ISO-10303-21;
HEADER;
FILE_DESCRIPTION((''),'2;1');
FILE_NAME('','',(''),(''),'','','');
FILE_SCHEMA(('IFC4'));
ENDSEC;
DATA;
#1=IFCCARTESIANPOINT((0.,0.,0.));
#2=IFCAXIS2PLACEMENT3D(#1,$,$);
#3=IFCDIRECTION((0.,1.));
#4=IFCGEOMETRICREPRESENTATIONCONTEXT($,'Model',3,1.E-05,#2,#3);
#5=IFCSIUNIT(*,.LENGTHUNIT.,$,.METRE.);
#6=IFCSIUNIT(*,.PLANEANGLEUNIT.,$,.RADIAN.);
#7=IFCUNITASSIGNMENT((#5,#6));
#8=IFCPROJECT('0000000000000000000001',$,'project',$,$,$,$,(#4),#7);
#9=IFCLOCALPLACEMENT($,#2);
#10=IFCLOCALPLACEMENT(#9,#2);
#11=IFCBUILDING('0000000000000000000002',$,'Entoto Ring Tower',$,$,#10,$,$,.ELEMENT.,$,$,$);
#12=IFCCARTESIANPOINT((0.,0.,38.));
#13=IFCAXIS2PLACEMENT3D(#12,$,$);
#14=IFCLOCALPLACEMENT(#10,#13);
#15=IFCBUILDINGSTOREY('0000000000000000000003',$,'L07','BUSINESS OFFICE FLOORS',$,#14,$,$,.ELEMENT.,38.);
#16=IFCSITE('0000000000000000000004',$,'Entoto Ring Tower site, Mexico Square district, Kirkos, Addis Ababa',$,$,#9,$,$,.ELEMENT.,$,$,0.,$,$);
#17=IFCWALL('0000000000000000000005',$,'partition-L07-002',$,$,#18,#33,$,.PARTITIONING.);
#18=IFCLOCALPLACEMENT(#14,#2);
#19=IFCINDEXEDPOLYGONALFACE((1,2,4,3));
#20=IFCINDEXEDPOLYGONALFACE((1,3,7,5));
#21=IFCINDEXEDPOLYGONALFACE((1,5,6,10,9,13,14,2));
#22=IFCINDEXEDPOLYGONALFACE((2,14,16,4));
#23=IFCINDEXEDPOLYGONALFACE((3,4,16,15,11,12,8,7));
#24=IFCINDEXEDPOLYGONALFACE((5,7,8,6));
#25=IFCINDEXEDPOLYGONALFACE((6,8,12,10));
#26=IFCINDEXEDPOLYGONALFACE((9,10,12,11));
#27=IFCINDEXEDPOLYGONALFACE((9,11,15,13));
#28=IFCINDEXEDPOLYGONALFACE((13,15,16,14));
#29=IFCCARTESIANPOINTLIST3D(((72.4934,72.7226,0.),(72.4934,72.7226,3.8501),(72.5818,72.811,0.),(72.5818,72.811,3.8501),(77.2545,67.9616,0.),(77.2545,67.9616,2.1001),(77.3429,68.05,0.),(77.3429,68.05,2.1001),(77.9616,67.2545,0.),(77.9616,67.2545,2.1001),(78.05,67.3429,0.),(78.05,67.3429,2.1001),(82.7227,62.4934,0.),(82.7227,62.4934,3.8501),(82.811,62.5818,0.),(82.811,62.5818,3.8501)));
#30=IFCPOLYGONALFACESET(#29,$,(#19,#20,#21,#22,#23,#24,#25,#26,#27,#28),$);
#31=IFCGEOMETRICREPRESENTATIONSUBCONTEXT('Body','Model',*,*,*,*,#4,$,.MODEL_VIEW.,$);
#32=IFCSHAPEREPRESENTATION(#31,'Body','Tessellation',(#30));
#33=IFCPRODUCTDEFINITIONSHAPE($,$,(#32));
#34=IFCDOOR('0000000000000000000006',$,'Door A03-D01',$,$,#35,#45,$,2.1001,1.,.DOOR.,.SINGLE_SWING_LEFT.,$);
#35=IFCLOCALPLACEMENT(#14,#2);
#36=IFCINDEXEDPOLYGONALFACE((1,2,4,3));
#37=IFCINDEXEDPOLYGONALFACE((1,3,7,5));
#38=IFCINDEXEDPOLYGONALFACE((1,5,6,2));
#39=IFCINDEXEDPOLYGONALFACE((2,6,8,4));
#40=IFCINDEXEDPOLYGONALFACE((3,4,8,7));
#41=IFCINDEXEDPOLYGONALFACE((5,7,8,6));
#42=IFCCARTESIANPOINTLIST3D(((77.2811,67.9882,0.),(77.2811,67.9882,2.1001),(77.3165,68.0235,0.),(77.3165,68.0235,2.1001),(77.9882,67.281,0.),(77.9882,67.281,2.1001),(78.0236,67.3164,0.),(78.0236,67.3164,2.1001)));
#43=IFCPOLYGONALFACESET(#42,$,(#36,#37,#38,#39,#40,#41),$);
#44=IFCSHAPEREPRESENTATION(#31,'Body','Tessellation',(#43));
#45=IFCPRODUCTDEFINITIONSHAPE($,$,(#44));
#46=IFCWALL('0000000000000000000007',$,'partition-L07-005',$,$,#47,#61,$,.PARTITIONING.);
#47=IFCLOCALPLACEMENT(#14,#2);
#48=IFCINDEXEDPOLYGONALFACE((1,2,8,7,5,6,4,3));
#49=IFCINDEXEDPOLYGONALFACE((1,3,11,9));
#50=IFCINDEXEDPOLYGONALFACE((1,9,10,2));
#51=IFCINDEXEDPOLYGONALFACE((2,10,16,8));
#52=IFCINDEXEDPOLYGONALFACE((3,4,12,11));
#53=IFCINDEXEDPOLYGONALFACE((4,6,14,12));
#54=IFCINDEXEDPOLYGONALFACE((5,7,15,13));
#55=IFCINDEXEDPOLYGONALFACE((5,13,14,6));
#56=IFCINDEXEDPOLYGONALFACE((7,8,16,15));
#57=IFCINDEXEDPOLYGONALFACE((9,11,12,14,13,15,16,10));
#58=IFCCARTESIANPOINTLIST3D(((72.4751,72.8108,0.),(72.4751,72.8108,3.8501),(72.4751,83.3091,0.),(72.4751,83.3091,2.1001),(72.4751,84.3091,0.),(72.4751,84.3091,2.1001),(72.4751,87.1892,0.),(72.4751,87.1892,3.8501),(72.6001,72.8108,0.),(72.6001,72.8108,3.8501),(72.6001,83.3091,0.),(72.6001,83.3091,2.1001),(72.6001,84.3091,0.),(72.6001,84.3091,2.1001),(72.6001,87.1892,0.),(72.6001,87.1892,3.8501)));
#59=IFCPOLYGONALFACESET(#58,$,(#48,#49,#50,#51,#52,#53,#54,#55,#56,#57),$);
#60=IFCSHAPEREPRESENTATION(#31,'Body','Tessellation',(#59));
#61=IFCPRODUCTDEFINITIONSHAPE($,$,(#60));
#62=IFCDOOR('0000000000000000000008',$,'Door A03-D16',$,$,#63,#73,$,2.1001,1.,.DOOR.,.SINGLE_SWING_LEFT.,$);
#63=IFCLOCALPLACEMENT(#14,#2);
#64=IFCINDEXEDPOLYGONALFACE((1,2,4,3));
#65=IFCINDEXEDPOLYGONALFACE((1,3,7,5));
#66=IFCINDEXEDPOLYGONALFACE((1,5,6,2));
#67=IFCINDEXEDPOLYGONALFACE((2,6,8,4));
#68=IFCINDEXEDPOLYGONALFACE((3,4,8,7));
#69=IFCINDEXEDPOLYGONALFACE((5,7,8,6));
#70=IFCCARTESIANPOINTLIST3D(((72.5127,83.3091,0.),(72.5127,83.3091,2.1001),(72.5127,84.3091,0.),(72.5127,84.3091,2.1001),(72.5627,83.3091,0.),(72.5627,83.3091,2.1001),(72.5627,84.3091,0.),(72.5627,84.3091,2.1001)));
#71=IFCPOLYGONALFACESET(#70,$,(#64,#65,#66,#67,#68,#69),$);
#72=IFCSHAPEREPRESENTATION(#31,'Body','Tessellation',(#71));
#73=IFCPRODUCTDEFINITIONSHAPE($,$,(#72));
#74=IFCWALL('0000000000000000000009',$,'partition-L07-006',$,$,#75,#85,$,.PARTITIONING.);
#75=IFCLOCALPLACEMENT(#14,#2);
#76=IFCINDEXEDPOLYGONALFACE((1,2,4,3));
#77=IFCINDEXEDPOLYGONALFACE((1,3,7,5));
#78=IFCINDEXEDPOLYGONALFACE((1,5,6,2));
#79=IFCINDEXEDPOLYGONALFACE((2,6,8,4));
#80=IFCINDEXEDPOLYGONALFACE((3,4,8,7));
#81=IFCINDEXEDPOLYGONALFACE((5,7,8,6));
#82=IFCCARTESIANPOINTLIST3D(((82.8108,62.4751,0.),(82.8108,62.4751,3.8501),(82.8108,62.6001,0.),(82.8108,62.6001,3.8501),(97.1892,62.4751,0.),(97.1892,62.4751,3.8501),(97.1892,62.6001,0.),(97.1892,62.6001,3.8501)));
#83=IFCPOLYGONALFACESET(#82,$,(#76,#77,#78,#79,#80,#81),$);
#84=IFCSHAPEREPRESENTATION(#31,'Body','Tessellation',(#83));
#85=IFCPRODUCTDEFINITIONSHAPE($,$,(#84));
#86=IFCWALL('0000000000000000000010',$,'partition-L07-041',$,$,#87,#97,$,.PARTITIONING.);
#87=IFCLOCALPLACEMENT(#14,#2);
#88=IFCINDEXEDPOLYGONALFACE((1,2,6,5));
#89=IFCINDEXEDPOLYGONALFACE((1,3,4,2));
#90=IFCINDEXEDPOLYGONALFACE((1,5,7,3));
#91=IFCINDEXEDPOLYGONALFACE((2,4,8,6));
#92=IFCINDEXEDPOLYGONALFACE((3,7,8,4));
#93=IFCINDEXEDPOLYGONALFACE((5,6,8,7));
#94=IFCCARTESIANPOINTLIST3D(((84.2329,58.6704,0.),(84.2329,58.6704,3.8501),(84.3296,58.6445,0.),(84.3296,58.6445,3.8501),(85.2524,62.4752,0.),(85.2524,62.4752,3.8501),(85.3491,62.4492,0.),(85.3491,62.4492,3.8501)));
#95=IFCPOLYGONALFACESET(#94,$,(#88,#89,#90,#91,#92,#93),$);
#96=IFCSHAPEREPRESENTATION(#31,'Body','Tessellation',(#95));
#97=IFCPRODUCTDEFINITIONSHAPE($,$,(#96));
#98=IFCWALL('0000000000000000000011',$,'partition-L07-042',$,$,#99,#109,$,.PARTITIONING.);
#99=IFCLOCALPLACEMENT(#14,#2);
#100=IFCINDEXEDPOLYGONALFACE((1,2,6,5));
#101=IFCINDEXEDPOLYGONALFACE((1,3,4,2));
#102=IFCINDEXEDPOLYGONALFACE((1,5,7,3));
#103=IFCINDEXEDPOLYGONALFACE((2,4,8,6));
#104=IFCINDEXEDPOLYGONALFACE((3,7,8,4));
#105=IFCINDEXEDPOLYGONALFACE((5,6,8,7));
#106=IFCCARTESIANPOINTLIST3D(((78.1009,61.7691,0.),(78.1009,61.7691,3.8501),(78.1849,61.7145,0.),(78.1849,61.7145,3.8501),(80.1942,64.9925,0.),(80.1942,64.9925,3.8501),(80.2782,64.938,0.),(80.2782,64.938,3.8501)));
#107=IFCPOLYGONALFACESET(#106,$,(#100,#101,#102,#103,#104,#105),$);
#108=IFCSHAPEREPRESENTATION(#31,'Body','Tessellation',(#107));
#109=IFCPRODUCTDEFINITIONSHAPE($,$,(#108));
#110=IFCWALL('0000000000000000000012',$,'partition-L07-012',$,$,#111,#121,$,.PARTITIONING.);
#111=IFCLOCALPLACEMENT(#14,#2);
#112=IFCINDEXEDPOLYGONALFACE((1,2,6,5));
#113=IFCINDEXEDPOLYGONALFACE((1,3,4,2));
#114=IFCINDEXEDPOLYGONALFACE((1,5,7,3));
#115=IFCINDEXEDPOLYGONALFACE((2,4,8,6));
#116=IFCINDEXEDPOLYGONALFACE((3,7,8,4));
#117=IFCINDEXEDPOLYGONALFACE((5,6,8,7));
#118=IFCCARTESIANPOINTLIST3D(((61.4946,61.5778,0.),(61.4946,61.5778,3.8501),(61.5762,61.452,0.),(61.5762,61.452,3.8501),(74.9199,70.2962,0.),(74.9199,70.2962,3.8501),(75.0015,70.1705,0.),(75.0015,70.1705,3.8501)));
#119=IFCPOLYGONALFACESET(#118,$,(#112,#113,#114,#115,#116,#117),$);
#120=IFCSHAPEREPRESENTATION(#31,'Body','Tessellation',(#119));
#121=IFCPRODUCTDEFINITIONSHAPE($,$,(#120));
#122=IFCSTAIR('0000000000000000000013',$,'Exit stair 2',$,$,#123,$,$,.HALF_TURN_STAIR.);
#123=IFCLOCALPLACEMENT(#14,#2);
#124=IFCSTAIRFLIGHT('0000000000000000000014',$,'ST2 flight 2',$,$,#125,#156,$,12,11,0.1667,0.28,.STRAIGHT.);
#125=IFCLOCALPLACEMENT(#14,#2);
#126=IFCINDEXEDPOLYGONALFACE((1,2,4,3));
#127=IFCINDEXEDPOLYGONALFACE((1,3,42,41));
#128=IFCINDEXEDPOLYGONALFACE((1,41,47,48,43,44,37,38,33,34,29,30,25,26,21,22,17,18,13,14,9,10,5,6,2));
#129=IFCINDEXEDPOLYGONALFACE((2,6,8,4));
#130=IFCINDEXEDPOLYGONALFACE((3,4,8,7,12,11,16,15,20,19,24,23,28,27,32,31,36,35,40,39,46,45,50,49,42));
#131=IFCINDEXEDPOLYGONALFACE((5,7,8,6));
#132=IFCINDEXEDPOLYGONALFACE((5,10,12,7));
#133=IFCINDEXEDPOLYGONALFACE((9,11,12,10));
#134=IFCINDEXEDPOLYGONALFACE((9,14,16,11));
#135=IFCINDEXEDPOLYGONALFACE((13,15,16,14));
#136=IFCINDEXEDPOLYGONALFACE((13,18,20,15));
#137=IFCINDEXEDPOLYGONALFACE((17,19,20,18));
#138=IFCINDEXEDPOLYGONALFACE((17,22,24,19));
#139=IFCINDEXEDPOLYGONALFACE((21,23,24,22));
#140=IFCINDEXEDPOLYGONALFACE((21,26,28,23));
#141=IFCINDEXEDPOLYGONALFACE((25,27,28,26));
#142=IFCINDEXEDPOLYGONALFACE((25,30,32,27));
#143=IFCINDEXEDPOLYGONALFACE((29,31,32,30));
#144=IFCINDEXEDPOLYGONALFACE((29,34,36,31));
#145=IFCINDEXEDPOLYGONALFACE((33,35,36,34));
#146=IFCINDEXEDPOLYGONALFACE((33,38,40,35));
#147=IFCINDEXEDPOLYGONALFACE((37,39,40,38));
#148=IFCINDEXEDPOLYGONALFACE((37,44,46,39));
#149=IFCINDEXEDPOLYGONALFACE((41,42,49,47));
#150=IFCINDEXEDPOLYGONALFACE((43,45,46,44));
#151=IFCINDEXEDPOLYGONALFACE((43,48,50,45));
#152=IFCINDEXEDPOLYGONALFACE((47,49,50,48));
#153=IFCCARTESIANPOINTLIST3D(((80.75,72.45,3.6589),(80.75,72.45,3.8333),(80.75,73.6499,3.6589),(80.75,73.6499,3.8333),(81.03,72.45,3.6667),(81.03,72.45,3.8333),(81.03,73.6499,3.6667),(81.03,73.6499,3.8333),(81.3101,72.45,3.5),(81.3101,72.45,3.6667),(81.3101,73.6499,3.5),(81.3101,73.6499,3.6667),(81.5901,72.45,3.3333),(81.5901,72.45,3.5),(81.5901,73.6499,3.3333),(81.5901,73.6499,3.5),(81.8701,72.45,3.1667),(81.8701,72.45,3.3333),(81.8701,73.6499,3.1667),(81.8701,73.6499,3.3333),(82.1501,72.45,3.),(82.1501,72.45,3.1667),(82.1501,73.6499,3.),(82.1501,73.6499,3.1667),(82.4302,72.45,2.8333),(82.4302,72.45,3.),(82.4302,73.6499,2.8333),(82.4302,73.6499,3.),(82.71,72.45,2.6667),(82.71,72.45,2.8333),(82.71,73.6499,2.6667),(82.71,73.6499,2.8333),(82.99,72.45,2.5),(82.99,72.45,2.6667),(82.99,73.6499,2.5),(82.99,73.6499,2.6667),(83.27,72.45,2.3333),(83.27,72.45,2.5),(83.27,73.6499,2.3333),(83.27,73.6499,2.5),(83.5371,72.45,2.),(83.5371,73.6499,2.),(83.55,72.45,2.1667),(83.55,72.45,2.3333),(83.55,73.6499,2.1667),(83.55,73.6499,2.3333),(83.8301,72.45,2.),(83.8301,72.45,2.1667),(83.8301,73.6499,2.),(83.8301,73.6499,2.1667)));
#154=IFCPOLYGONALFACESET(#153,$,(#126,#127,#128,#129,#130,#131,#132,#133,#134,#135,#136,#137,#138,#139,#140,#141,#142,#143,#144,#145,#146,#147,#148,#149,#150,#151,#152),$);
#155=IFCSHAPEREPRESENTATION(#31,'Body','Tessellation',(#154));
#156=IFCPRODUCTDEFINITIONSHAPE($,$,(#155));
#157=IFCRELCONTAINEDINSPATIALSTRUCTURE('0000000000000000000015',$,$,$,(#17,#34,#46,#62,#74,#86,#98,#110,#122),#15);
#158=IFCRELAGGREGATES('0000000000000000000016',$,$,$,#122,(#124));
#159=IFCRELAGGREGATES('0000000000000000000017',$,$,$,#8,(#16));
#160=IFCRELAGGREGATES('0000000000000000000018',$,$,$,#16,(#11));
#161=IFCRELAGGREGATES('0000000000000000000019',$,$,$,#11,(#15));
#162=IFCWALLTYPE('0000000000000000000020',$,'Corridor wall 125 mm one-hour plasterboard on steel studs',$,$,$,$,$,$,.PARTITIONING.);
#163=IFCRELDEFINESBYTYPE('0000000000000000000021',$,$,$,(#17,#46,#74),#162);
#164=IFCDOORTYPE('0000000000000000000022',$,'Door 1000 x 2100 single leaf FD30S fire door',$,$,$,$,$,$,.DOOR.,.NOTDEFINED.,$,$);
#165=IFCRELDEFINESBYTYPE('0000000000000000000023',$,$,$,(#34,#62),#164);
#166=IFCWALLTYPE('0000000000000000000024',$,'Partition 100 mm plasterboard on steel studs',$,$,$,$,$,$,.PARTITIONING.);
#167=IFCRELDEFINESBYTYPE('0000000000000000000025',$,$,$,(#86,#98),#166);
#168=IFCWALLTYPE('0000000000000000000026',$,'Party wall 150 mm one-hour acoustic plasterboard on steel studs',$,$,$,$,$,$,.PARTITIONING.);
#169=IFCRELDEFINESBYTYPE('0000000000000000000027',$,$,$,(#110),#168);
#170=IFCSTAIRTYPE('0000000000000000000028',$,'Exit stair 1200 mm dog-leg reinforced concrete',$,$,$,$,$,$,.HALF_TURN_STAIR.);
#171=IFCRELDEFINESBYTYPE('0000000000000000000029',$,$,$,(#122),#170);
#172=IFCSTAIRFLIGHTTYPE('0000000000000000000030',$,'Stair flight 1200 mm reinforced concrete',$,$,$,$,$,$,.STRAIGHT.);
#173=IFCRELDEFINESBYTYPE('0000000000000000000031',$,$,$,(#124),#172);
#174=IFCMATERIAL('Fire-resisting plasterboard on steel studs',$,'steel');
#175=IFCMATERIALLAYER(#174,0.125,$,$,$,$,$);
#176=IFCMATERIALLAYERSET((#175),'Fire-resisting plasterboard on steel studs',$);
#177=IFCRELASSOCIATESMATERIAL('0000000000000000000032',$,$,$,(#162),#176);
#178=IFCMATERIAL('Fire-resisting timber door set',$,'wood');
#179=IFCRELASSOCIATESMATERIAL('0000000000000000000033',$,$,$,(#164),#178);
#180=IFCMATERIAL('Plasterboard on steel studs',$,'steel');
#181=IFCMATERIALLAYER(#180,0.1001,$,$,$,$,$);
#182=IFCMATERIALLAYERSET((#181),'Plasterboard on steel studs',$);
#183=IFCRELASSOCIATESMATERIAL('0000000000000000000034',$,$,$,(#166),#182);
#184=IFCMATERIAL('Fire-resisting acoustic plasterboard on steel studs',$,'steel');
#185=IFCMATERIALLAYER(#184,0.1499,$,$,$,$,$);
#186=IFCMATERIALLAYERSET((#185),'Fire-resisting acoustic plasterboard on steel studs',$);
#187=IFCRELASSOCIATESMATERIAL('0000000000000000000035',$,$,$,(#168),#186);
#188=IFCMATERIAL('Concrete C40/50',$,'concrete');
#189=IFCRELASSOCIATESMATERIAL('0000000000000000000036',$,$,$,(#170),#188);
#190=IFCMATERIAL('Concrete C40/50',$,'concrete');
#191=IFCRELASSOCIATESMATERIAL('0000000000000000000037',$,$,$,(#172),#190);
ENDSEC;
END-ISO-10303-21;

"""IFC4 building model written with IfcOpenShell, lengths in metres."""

from ifc_helpers import new_model, si_unit, direction, frame, frame_2d, origin, place, context, subcontext, project, spatial, polyline, rectangle, outline, extrude, material, layer, layer_set, type_object, element, fill, aggregate, save


model = new_model("IFC4")

# Units and contexts
model_context = context("Model", 3, precision=1e-05, world=origin(), true_north=direction((0.0, 1.0)))
body_context = subcontext(model_context, "Body", "Model", "MODEL_VIEW")
ifc_project = project(units=[si_unit("LENGTHUNIT", "METRE"), si_unit("PLANEANGLEUNIT", "RADIAN")], contexts=[model_context])

# Site, building, storey
site_placement = place(None, origin())
site = spatial("IfcSite", under=ifc_project, at=site_placement, Name="Entoto Ring Tower site, Mexico Square district, Kirkos, Addis Ababa", CompositionType="ELEMENT", RefElevation=0.0)
building_placement = place(site_placement, origin())
building = spatial("IfcBuilding", under=site, at=building_placement, Name="Entoto Ring Tower", CompositionType="ELEMENT")
storey_placement = place(building_placement, frame((0.0, 0.0, 38.0)))
storey = spatial("IfcBuildingStorey", under=building, at=storey_placement, Name="L07", Description="BUSINESS OFFICE FLOORS", CompositionType="ELEMENT", Elevation=38.0)

# Walls, openings, doors
ifc_material_1 = material(Name="Fire-resisting plasterboard on steel studs", Category="steel")
ifc_layer_1 = layer(ifc_material_1, 0.125)
ifc_layer_set_1 = layer_set([ifc_layer_1], Name="Fire-resisting plasterboard on steel studs")
wall_type_1 = type_object("IfcWallType", Name="Corridor wall 125 mm one-hour plasterboard on steel studs", PredefinedType="PARTITIONING", material=ifc_layer_set_1)
wall_1_placement = place(storey_placement, frame((82.7668, 62.5376, 0.0), z_axis=(0.0, 0.0, 1.0), x_axis=(-0.707107, 0.707107, 0.0)))
wall_1 = element("IfcWall", 1, at=wall_1_placement, inside=storey, type_object=wall_type_1, Name="partition-L07-002", PredefinedType="PARTITIONING", context=body_context, shape_type="SweptSolid", body=[
    extrude(rectangle(XDim=14.4663, YDim=0.125, at=frame_2d((7.2332, 0.0))), origin(), (0.0, 0.0, 1.0), 3.8501),
])
opening_1_placement = place(wall_1_placement, frame((6.7332, 0.0, 0.0)))
opening_1 = element("IfcOpeningElement", 2, at=opening_1_placement, cuts=wall_1, PredefinedType="OPENING", context=body_context, shape_type="SweptSolid", body=[
    extrude(rectangle(XDim=1.0, YDim=2.1001, at=frame_2d((0.5, 1.05))), frame((0.0, 0.0725, 0.0), z_axis=(0.0, -1.0, 0.0), x_axis=(1.0, 0.0, 0.0)), (0.0, 0.0, 1.0), 0.145),
])
ifc_material_2 = material(Name="Fire-resisting timber door set", Category="wood")
door_type_1 = type_object("IfcDoorType", Name="Door 1000 x 2100 single leaf FD30S fire door", OperationType="NOTDEFINED", PredefinedType="DOOR", material=ifc_material_2)
door_1_placement = place(opening_1_placement, origin())
door_1 = element("IfcDoor", 3, at=door_1_placement, inside=storey, type_object=door_type_1, Name="Door A03-D01", OperationType="SINGLE_SWING_LEFT", OverallHeight=2.1001, OverallWidth=1.0, PredefinedType="DOOR", context=body_context, shape_type="SweptSolid", body=[
    extrude(rectangle(XDim=1.0, YDim=2.1001, at=frame_2d((0.5, 1.05))), frame((0.0, 0.0249, 0.0), z_axis=(0.0, -1.0, 0.0), x_axis=(1.0, 0.0, 0.0)), (0.0, 0.0, 1.0), 0.05),
])
fill(opening_1, door_1)
wall_2_placement = place(storey_placement, frame((72.5376, 72.8108, 0.0), z_axis=(0.0, 0.0, 1.0), x_axis=(0.0, 1.0, 0.0)))
wall_2 = element("IfcWall", 4, at=wall_2_placement, inside=storey, type_object=wall_type_1, Name="partition-L07-005", PredefinedType="PARTITIONING", context=body_context, shape_type="SweptSolid", body=[
    extrude(rectangle(XDim=14.3784, YDim=0.125, at=frame_2d((7.1892, 0.0))), origin(), (0.0, 0.0, 1.0), 3.8501),
])
opening_2_placement = place(wall_2_placement, frame((10.4983, 0.0, 0.0)))
opening_2 = element("IfcOpeningElement", 5, at=opening_2_placement, cuts=wall_2, PredefinedType="OPENING", context=body_context, shape_type="SweptSolid", body=[
    extrude(rectangle(XDim=1.0, YDim=2.1001, at=frame_2d((0.5, 1.05))), frame((0.0, 0.0725, 0.0), z_axis=(0.0, -1.0, 0.0), x_axis=(1.0, 0.0, 0.0)), (0.0, 0.0, 1.0), 0.145),
])
door_2_placement = place(opening_2_placement, origin())
door_2 = element("IfcDoor", 6, at=door_2_placement, inside=storey, type_object=door_type_1, Name="Door A03-D16", OperationType="SINGLE_SWING_LEFT", OverallHeight=2.1001, OverallWidth=1.0, PredefinedType="DOOR", context=body_context, shape_type="SweptSolid", body=[
    extrude(rectangle(XDim=1.0, YDim=2.1001, at=frame_2d((0.5, 1.05))), frame((0.0, 0.0249, 0.0), z_axis=(0.0, -1.0, 0.0), x_axis=(1.0, 0.0, 0.0)), (0.0, 0.0, 1.0), 0.05),
])
fill(opening_2, door_2)

# Walls
wall_3_placement = place(storey_placement, frame((82.8108, 62.5376, 0.0), z_axis=(0.0, 0.0, 1.0), x_axis=(1.0, 0.0, 0.0)))
element("IfcWall", 7, at=wall_3_placement, inside=storey, type_object=wall_type_1, Name="partition-L07-006", PredefinedType="PARTITIONING", context=body_context, shape_type="SweptSolid", body=[
    extrude(rectangle(XDim=14.3784, YDim=0.125, at=frame_2d((7.1892, 0.0))), origin(), (0.0, 0.0, 1.0), 3.8501),
])
ifc_material_3 = material(Name="Plasterboard on steel studs", Category="steel")
ifc_layer_2 = layer(ifc_material_3, 0.1001)
ifc_layer_set_2 = layer_set([ifc_layer_2], Name="Plasterboard on steel studs")
wall_type_2 = type_object("IfcWallType", Name="Partition 100 mm plasterboard on steel studs", PredefinedType="PARTITIONING", material=ifc_layer_set_2)
wall_4_placement = place(storey_placement, frame((84.2812, 58.6575, 0.0), z_axis=(0.0, 0.0, 1.0), x_axis=(0.258835, 0.965921, 0.0)))
element("IfcWall", 8, at=wall_4_placement, inside=storey, type_object=wall_type_2, Name="partition-L07-041", PredefinedType="PARTITIONING", context=body_context, shape_type="SweptSolid", body=[
    extrude(rectangle(XDim=3.939, YDim=0.1001, at=frame_2d((1.9695, 0.0))), origin(), (0.0, 0.0, 1.0), 3.8501),
])
wall_5_placement = place(storey_placement, frame((78.1428, 61.7417, 0.0), z_axis=(0.0, 0.0, 1.0), x_axis=(0.544633, 0.838674, 0.0)))
element("IfcWall", 9, at=wall_5_placement, inside=storey, type_object=wall_type_2, Name="partition-L07-042", PredefinedType="PARTITIONING", context=body_context, shape_type="SweptSolid", body=[
    extrude(rectangle(XDim=3.8435, YDim=0.1001, at=frame_2d((1.9219, 0.0))), origin(), (0.0, 0.0, 1.0), 3.8501),
])
ifc_material_4 = material(Name="Fire-resisting acoustic plasterboard on steel studs", Category="steel")
ifc_layer_3 = layer(ifc_material_4, 0.1499)
ifc_layer_set_3 = layer_set([ifc_layer_3], Name="Fire-resisting acoustic plasterboard on steel studs")
wall_type_3 = type_object("IfcWallType", Name="Party wall 150 mm one-hour acoustic plasterboard on steel studs", PredefinedType="PARTITIONING", material=ifc_layer_set_3)
wall_6_placement = place(storey_placement, frame((61.5354, 61.5149, 0.0), z_axis=(0.0, 0.0, 1.0), x_axis=(0.83867, 0.54464, 0.0)))
element("IfcWall", 10, at=wall_6_placement, inside=storey, type_object=wall_type_3, Name="partition-L07-012", PredefinedType="PARTITIONING", context=body_context, shape_type="SweptSolid", body=[
    extrude(rectangle(XDim=16.0078, YDim=0.1499, at=frame_2d((8.0039, 0.0))), origin(), (0.0, 0.0, 1.0), 3.8501),
])

# Stair, stair flight
ifc_material_5 = material(Name="Concrete C40/50", Category="concrete")
stair_type = type_object("IfcStairType", Name="Exit stair 1200 mm dog-leg reinforced concrete", PredefinedType="HALF_TURN_STAIR", material=ifc_material_5)
stair_placement = place(storey_placement, origin())
stair = element("IfcStair", 11, at=stair_placement, inside=storey, type_object=stair_type, Name="Exit stair 2", PredefinedType="HALF_TURN_STAIR")
ifc_material_6 = material(Name="Concrete C40/50", Category="concrete")
stair_flight_type = type_object("IfcStairFlightType", Name="Stair flight 1200 mm reinforced concrete", PredefinedType="STRAIGHT", material=ifc_material_6)
stair_flight_placement = place(storey_placement, frame((83.8301, 73.05, 2.0), z_axis=(0.0, 0.0, 1.0), x_axis=(-1.0, 0.0, 0.0)))
stair_flight = element("IfcStairFlight", 12, at=stair_flight_placement, type_object=stair_flight_type, Name="ST2 flight 2", NumberOfRisers=12, NumberOfTreads=11, PredefinedType="STRAIGHT", RiserHeight=0.1667, TreadLength=0.28, context=body_context, shape_type="SweptSolid", body=[
    extrude(outline(polyline([(0.0, 0.0), (0.0, 0.1667), (0.28, 0.1667), (0.28, 0.3333), (0.5601, 0.3333), (0.5601, 0.5), (0.8401, 0.5), (0.8401, 0.6667), (1.1201, 0.6667), (1.1201, 0.8333), (1.3999, 0.8333), (1.3999, 1.0), (1.6799, 1.0), (1.6799, 1.1667), (1.96, 1.1667), (1.96, 1.3333), (2.24, 1.3333), (2.24, 1.5), (2.52, 1.5), (2.52, 1.6667), (2.8, 1.6667), (2.8, 1.8333), (3.0801, 1.8333), (3.0801, 2.0), (3.0801, 1.6589), (0.293, 0.0), (0.0, 0.0)])), frame((0.0, 0.6001, 0.0), z_axis=(0.0, -1.0, 0.0), x_axis=(1.0, 0.0, 0.0)), (0.0, 0.0, 1.0), 1.2),
])
aggregate(stair, [stair_flight])

save(model, "model.ifc")
